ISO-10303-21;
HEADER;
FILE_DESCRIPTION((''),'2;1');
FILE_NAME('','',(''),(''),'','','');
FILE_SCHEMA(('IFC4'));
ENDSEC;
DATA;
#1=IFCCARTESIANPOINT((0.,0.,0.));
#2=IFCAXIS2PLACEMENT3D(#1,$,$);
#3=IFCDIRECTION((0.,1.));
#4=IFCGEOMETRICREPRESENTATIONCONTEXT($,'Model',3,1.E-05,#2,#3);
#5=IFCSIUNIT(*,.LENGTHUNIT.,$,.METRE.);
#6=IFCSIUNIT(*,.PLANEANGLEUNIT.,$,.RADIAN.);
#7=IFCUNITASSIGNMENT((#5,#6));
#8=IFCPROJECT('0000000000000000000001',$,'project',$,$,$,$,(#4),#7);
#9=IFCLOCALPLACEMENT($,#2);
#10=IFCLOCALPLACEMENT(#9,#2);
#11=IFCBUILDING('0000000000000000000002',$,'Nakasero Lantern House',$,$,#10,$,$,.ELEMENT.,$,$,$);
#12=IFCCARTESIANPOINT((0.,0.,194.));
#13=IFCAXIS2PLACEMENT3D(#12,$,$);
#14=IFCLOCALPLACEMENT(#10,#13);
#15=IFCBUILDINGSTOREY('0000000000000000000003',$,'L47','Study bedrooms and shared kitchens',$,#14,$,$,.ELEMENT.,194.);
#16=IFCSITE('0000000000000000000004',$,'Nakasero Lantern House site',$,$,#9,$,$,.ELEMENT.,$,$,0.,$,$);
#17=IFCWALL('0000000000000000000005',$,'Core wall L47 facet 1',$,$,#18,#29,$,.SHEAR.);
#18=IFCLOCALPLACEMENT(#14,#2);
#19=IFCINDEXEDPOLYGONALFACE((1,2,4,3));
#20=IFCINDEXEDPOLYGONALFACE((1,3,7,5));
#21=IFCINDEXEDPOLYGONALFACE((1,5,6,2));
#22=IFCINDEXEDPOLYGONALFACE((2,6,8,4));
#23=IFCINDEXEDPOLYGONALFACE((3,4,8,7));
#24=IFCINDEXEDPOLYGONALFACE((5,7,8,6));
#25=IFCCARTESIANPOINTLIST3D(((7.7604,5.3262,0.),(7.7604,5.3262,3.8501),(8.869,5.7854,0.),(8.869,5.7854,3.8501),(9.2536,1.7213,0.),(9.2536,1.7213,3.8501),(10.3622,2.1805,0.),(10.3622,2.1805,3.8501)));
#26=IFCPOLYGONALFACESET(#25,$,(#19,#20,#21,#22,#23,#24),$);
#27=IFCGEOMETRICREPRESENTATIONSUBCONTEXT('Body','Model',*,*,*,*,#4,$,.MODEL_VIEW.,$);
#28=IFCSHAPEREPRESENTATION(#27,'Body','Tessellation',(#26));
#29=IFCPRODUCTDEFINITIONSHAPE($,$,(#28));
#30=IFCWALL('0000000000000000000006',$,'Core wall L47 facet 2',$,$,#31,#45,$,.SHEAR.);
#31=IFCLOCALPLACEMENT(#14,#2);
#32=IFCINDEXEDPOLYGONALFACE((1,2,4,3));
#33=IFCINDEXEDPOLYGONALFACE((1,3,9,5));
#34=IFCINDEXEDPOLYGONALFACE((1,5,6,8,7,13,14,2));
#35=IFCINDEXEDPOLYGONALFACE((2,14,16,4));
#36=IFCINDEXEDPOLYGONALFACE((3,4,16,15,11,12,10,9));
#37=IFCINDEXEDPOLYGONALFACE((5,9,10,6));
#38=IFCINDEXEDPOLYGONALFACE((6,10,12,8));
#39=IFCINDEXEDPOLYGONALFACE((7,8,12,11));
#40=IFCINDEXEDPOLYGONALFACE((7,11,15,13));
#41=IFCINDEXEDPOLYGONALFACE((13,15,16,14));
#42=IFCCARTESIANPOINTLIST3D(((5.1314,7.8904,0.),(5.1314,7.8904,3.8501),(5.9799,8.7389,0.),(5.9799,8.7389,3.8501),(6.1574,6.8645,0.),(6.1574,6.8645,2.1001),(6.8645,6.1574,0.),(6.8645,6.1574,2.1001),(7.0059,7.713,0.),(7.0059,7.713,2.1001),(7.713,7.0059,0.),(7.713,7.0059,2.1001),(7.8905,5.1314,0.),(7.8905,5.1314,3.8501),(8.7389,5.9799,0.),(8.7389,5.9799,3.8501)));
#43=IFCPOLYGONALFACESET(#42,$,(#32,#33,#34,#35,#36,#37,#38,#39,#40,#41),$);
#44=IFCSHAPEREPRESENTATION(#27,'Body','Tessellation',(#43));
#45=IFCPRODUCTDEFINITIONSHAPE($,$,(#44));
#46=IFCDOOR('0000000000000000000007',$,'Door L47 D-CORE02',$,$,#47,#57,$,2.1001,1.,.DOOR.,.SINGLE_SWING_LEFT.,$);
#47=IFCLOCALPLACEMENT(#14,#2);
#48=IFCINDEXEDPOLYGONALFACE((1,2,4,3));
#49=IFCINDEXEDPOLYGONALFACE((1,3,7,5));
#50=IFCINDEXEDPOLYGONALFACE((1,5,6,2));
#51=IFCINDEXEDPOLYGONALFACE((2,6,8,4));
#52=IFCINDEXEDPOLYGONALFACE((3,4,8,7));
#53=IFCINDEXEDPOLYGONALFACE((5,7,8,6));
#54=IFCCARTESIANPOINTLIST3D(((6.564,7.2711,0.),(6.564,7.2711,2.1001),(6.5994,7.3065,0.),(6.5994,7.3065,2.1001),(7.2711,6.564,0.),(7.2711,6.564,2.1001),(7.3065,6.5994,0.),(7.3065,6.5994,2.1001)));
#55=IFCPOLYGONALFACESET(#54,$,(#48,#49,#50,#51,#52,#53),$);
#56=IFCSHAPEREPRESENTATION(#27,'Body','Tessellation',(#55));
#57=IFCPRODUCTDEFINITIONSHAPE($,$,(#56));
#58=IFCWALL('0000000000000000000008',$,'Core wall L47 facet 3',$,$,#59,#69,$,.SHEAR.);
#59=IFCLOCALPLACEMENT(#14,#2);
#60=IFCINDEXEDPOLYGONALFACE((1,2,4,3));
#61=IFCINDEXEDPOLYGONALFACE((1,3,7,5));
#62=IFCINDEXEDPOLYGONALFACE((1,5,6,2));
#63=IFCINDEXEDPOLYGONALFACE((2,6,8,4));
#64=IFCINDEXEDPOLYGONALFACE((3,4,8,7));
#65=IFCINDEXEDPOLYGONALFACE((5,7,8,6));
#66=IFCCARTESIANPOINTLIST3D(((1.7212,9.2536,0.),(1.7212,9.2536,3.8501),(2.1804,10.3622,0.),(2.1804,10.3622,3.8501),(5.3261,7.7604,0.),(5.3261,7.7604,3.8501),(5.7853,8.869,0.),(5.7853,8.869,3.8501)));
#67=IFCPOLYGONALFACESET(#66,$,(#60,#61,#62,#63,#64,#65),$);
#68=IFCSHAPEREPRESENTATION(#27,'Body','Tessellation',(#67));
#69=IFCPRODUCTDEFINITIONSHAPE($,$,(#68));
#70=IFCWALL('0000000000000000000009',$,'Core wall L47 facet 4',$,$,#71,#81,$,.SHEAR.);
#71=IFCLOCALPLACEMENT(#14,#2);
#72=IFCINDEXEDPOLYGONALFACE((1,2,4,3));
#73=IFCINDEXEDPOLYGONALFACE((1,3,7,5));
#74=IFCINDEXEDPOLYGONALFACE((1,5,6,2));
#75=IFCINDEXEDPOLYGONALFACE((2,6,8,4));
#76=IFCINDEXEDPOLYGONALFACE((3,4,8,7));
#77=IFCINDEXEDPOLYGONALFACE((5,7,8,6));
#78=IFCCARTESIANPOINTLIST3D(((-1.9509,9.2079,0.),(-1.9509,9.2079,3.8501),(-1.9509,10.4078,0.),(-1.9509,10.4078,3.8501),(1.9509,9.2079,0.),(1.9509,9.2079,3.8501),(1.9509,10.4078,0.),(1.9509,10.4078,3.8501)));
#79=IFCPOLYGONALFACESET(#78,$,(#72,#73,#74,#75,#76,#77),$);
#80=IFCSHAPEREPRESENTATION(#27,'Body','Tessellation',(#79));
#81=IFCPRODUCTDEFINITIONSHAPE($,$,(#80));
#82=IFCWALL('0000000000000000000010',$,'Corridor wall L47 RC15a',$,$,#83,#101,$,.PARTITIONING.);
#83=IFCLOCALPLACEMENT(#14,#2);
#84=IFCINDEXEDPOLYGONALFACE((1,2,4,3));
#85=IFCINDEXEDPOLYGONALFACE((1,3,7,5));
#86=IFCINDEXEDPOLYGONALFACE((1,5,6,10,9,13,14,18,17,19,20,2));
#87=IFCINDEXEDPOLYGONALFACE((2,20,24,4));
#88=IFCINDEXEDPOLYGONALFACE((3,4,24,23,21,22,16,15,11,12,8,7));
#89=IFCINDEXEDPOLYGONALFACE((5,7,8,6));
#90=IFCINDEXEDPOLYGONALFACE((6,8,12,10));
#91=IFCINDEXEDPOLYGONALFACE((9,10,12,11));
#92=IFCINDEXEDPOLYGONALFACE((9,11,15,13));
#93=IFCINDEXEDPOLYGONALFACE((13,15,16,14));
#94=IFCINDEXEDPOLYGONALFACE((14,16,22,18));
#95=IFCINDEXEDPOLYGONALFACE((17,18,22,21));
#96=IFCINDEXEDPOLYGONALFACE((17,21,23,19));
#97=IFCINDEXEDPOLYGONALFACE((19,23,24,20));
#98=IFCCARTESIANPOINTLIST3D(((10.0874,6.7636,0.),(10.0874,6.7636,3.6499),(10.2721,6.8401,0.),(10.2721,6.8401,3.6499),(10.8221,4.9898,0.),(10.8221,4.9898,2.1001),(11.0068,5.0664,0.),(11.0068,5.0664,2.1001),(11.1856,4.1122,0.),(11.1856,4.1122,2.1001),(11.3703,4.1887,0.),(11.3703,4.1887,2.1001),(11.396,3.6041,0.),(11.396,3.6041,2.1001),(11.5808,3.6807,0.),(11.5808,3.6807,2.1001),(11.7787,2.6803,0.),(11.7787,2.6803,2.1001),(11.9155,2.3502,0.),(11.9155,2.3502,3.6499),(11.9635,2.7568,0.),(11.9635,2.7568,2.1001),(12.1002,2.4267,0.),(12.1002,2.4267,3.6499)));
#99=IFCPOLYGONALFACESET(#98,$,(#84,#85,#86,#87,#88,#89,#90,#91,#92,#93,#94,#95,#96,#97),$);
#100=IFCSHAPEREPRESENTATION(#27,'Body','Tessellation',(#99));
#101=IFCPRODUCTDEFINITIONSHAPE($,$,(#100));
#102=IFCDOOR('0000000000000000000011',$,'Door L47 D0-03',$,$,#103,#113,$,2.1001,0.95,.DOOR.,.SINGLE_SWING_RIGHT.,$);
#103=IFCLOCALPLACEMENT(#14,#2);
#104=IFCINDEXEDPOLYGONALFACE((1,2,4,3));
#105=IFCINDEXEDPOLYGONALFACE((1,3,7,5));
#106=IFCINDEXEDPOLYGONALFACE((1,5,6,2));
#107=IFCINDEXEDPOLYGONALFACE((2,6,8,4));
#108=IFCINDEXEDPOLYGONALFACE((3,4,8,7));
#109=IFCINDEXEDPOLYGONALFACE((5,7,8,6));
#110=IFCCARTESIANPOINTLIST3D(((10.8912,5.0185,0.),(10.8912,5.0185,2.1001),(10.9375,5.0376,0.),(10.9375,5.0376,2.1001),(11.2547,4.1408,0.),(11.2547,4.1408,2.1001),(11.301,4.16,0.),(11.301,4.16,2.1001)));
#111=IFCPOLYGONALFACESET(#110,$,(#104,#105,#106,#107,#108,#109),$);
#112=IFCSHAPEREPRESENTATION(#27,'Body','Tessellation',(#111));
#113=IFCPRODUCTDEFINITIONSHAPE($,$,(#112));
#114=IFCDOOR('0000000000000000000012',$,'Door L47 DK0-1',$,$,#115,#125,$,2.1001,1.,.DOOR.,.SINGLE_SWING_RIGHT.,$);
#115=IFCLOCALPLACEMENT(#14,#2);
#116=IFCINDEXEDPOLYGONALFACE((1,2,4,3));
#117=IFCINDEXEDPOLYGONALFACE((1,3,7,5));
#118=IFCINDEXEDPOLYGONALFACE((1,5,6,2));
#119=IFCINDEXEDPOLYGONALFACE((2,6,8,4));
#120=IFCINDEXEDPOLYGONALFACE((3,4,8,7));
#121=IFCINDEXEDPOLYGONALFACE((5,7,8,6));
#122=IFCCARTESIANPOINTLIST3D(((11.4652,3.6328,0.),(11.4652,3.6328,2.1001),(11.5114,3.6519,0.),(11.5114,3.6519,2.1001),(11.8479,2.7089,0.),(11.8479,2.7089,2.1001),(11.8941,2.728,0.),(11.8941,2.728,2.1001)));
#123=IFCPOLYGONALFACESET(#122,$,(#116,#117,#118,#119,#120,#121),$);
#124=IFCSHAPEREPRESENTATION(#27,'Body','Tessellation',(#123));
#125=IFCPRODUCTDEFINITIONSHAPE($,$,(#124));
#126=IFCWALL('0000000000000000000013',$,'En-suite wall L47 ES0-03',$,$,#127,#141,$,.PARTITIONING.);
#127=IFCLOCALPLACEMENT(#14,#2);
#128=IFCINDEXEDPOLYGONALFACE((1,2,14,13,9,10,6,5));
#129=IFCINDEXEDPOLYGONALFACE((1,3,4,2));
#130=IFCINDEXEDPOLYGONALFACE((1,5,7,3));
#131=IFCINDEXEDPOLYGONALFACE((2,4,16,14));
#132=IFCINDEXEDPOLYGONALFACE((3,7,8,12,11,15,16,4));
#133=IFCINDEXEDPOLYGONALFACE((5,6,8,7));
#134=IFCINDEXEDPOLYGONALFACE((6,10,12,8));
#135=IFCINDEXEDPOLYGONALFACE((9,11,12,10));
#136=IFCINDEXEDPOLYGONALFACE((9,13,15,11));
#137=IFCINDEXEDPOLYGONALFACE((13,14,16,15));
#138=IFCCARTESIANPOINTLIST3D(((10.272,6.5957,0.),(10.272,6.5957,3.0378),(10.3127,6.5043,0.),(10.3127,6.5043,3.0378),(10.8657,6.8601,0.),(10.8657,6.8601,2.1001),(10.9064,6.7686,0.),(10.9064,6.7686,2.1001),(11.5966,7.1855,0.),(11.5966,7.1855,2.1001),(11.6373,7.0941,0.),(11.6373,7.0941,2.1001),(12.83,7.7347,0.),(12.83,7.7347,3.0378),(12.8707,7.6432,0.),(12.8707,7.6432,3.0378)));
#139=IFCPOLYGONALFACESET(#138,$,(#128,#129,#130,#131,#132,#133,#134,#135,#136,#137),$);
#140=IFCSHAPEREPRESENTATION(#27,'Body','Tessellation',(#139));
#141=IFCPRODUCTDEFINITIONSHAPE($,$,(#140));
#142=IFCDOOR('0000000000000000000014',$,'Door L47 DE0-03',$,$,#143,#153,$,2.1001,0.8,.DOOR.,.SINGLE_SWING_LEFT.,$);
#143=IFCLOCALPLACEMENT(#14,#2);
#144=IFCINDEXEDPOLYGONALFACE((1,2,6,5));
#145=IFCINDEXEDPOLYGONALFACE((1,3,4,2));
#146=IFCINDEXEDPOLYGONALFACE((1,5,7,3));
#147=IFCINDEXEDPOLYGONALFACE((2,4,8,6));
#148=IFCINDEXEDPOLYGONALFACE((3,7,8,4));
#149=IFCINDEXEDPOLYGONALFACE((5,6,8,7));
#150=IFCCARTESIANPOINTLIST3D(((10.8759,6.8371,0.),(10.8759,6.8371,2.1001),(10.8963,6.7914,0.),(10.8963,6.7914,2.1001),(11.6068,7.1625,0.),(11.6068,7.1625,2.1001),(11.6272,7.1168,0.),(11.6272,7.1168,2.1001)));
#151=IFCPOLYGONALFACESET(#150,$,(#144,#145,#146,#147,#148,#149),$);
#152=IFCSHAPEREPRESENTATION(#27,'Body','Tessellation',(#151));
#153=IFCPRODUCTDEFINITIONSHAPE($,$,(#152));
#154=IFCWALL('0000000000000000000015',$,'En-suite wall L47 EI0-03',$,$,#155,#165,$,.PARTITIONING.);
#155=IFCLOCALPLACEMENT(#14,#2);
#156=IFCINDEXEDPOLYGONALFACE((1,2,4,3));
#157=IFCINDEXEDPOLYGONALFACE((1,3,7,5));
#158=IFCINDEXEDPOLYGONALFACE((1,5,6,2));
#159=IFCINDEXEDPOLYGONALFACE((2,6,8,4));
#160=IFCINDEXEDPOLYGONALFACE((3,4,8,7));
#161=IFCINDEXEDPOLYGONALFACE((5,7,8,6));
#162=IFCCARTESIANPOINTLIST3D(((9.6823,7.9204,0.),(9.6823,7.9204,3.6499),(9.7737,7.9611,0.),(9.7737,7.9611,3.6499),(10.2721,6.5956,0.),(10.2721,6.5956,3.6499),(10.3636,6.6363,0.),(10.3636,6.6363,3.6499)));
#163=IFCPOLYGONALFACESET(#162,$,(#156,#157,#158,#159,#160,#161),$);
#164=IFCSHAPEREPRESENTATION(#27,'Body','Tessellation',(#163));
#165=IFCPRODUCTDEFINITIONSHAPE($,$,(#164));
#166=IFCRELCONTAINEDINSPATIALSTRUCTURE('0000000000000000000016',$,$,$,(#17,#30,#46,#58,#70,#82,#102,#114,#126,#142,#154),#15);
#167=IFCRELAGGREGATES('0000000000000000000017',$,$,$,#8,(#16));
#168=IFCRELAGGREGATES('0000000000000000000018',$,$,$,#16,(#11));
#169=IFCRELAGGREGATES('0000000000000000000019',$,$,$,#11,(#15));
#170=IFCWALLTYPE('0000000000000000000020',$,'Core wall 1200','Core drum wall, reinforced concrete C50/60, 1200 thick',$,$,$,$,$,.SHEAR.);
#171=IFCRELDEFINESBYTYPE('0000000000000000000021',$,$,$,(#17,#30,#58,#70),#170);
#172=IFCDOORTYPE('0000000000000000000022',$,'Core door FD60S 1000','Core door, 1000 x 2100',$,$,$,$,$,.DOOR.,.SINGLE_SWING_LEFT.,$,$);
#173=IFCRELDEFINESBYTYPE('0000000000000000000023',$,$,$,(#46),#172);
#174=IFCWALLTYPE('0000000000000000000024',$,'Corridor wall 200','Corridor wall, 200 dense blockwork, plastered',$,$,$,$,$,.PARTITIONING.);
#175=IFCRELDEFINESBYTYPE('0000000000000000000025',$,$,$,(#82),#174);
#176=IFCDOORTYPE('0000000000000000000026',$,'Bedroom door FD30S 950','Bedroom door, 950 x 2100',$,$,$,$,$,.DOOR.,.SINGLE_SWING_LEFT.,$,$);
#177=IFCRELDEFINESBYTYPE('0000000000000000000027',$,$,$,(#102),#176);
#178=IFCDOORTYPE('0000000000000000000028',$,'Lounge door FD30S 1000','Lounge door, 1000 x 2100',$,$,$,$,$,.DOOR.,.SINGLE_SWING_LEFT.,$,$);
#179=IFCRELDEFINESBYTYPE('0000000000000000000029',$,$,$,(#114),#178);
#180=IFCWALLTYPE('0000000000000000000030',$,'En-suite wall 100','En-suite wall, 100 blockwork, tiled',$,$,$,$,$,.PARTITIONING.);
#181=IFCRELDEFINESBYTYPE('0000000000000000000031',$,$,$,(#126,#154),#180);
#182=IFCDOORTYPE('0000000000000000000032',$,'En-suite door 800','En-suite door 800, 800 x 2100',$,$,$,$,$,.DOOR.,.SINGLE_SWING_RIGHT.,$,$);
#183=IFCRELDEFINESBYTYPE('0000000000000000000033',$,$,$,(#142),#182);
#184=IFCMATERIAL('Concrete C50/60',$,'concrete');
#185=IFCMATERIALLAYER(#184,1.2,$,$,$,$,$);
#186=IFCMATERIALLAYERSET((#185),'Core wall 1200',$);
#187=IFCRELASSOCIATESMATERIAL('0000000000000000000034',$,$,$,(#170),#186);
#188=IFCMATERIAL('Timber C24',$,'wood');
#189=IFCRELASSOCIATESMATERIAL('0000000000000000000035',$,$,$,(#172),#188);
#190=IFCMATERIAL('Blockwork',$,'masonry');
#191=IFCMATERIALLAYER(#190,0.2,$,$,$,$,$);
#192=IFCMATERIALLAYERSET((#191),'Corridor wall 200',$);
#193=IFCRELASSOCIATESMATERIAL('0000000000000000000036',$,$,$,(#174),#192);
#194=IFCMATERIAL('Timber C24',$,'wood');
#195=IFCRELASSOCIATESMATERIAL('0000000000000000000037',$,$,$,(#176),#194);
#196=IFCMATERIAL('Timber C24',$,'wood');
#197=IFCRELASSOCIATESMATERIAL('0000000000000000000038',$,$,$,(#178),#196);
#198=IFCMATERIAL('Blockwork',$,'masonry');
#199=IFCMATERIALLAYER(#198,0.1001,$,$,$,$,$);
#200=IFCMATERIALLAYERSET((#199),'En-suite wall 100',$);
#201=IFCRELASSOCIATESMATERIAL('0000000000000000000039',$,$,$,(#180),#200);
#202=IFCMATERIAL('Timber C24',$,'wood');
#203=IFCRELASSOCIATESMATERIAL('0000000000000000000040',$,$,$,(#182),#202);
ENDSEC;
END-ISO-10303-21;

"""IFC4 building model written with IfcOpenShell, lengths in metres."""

from ifc_helpers import new_model, si_unit, direction, frame, frame_2d, origin, place, context, subcontext, project, spatial, rectangle, extrude, material, layer, layer_set, type_object, element, fill, save


model = new_model("IFC4")

# Units and contexts
model_context = context("Model", 3, precision=1e-05, world=origin(), true_north=direction((0.0, 1.0)))
body_context = subcontext(model_context, "Body", "Model", "MODEL_VIEW")
ifc_project = project(units=[si_unit("LENGTHUNIT", "METRE"), si_unit("PLANEANGLEUNIT", "RADIAN")], contexts=[model_context])

# Site, building, storey
site_placement = place(None, origin())
site = spatial("IfcSite", under=ifc_project, at=site_placement, Name="Nakasero Lantern House site", CompositionType="ELEMENT", RefElevation=0.0)
building_placement = place(site_placement, origin())
building = spatial("IfcBuilding", under=site, at=building_placement, Name="Nakasero Lantern House", CompositionType="ELEMENT")
storey_placement = place(building_placement, frame((0.0, 0.0, 194.0)))
storey = spatial("IfcBuildingStorey", under=building, at=storey_placement, Name="L47", Description="Study bedrooms and shared kitchens", CompositionType="ELEMENT", Elevation=194.0)

# Wall
ifc_material_1 = material(Name="Concrete C50/60", Category="concrete")
ifc_layer_1 = layer(ifc_material_1, 1.2)
ifc_layer_set_1 = layer_set([ifc_layer_1], Name="Core wall 1200")
wall_type_1 = type_object("IfcWallType", Name="Core wall 1200", Description="Core drum wall, reinforced concrete C50/60, 1200 thick", PredefinedType="SHEAR", material=ifc_layer_set_1)
wall_1_placement = place(storey_placement, frame((9.8079, 1.9509, 0.0), z_axis=(0.0, 0.0, 1.0), x_axis=(-0.382691, 0.923877, 0.0)))
element("IfcWall", 1, at=wall_1_placement, inside=storey, type_object=wall_type_1, Name="Core wall L47 facet 1", PredefinedType="SHEAR", context=body_context, shape_type="SweptSolid", body=[
    extrude(rectangle(XDim=3.9019, YDim=1.2, at=frame_2d((1.9509, 0.0))), origin(), (0.0, 0.0, 1.0), 3.8501),
])

# Wall, opening, door
wall_2_placement = place(storey_placement, frame((8.3147, 5.5557, 0.0), z_axis=(0.0, 0.0, 1.0), x_axis=(-0.707107, 0.707107, 0.0)))
wall_2 = element("IfcWall", 2, at=wall_2_placement, inside=storey, type_object=wall_type_1, Name="Core wall L47 facet 2", PredefinedType="SHEAR", context=body_context, shape_type="SweptSolid", body=[
    extrude(rectangle(XDim=3.9019, YDim=1.2, at=frame_2d((1.9509, 0.0))), origin(), (0.0, 0.0, 1.0), 3.8501),
])
opening_1_placement = place(wall_2_placement, frame((1.4509, 0.0, 0.0)))
opening_1 = element("IfcOpeningElement", 3, at=opening_1_placement, cuts=wall_2, PredefinedType="OPENING", context=body_context, shape_type="SweptSolid", body=[
    extrude(rectangle(XDim=1.0, YDim=2.1001, at=frame_2d((0.5, 1.05))), frame((0.0, 0.6199, 0.0), z_axis=(0.0, -1.0, 0.0), x_axis=(1.0, 0.0, 0.0)), (0.0, 0.0, 1.0), 1.24),
])
ifc_material_2 = material(Name="Timber C24", Category="wood")
door_type_1 = type_object("IfcDoorType", Name="Core door FD60S 1000", Description="Core door, 1000 x 2100", OperationType="SINGLE_SWING_LEFT", PredefinedType="DOOR", material=ifc_material_2)
door_1_placement = place(opening_1_placement, origin())
door_1 = element("IfcDoor", 4, at=door_1_placement, inside=storey, type_object=door_type_1, Name="Door L47 D-CORE02", OperationType="SINGLE_SWING_LEFT", OverallHeight=2.1001, OverallWidth=1.0, PredefinedType="DOOR", context=body_context, shape_type="SweptSolid", body=[
    extrude(rectangle(XDim=1.0, YDim=2.1001, at=frame_2d((0.5, 1.05))), frame((0.0, 0.0249, 0.0), z_axis=(0.0, -1.0, 0.0), x_axis=(1.0, 0.0, 0.0)), (0.0, 0.0, 1.0), 0.05),
])
fill(opening_1, door_1)

# Walls
for number, where, z_axis, x_axis, name in (
    (5, (5.5557, 8.3147, 0.0), (0.0, 0.0, 1.0), (-0.923877, 0.382691, 0.0), "Core wall L47 facet 3"),
    (6, (1.9509, 9.8079, 0.0), (0.0, 0.0, 1.0), (-1.0, 0.0, 0.0), "Core wall L47 facet 4"),
):
    element("IfcWall", number, at=place(storey_placement, frame(where, z_axis=z_axis, x_axis=x_axis)), inside=storey, type_object=wall_type_1, Name=name, PredefinedType="SHEAR", context=body_context, shape_type="SweptSolid", body=[
        extrude(rectangle(XDim=3.9019, YDim=1.2, at=frame_2d((1.9509, 0.0))), origin(), (0.0, 0.0, 1.0), 3.8501),
    ])

# Wall, openings, doors
ifc_material_3 = material(Name="Blockwork", Category="masonry")
ifc_layer_2 = layer(ifc_material_3, 0.2)
ifc_layer_set_2 = layer_set([ifc_layer_2], Name="Corridor wall 200")
wall_type_2 = type_object("IfcWallType", Name="Corridor wall 200", Description="Corridor wall, 200 dense blockwork, plastered", PredefinedType="PARTITIONING", material=ifc_layer_set_2)
wall_3_placement = place(storey_placement, frame((10.1797, 6.802, 0.0), z_axis=(0.0, 0.0, 1.0), x_axis=(0.382677, -0.923882, 0.0)))
wall_3 = element("IfcWall", 7, at=wall_3_placement, inside=storey, type_object=wall_type_2, Name="Corridor wall L47 RC15a", PredefinedType="PARTITIONING", context=body_context, shape_type="SweptSolid", body=[
    extrude(rectangle(XDim=4.7771, YDim=0.2, at=frame_2d((2.3887, 0.0))), origin(), (0.0, 0.0, 1.0), 3.6499),
])
opening_2_placement = place(wall_3_placement, frame((1.9199, 0.0, 0.0)))
opening_2 = element("IfcOpeningElement", 8, at=opening_2_placement, cuts=wall_3, PredefinedType="OPENING", context=body_context, shape_type="SweptSolid", body=[
    extrude(rectangle(XDim=0.95, YDim=2.1001, at=frame_2d((0.4751, 1.05))), frame((0.0, 0.1199, 0.0), z_axis=(0.0, -1.0, 0.0), x_axis=(1.0, 0.0, 0.0)), (0.0, 0.0, 1.0), 0.24),
])
opening_3_placement = place(wall_3_placement, frame((3.4199, 0.0, 0.0)))
opening_3 = element("IfcOpeningElement", 9, at=opening_3_placement, cuts=wall_3, PredefinedType="OPENING", context=body_context, shape_type="SweptSolid", body=[
    extrude(rectangle(XDim=1.0, YDim=2.1001, at=frame_2d((0.5, 1.05))), frame((0.0, 0.1199, 0.0), z_axis=(0.0, -1.0, 0.0), x_axis=(1.0, 0.0, 0.0)), (0.0, 0.0, 1.0), 0.24),
])
ifc_material_4 = material(Name="Timber C24", Category="wood")
door_type_2 = type_object("IfcDoorType", Name="Bedroom door FD30S 950", Description="Bedroom door, 950 x 2100", OperationType="SINGLE_SWING_LEFT", PredefinedType="DOOR", material=ifc_material_4)
door_2_placement = place(opening_2_placement, origin())
door_2 = element("IfcDoor", 10, at=door_2_placement, inside=storey, type_object=door_type_2, Name="Door L47 D0-03", OperationType="SINGLE_SWING_RIGHT", OverallHeight=2.1001, OverallWidth=0.95, PredefinedType="DOOR", context=body_context, shape_type="SweptSolid", body=[
    extrude(rectangle(XDim=0.95, YDim=2.1001, at=frame_2d((0.4751, 1.05))), frame((0.0, 0.0249, 0.0), z_axis=(0.0, -1.0, 0.0), x_axis=(1.0, 0.0, 0.0)), (0.0, 0.0, 1.0), 0.05),
])
fill(opening_2, door_2)
ifc_material_5 = material(Name="Timber C24", Category="wood")
door_type_3 = type_object("IfcDoorType", Name="Lounge door FD30S 1000", Description="Lounge door, 1000 x 2100", OperationType="SINGLE_SWING_LEFT", PredefinedType="DOOR", material=ifc_material_5)
door_3_placement = place(opening_3_placement, origin())
door_3 = element("IfcDoor", 11, at=door_3_placement, inside=storey, type_object=door_type_3, Name="Door L47 DK0-1", OperationType="SINGLE_SWING_RIGHT", OverallHeight=2.1001, OverallWidth=1.0, PredefinedType="DOOR", context=body_context, shape_type="SweptSolid", body=[
    extrude(rectangle(XDim=1.0, YDim=2.1001, at=frame_2d((0.5, 1.05))), frame((0.0, 0.0249, 0.0), z_axis=(0.0, -1.0, 0.0), x_axis=(1.0, 0.0, 0.0)), (0.0, 0.0, 1.0), 0.05),
])
fill(opening_3, door_3)

# Wall, opening, door
ifc_material_6 = material(Name="Blockwork", Category="masonry")
ifc_layer_3 = layer(ifc_material_6, 0.1001)
ifc_layer_set_3 = layer_set([ifc_layer_3], Name="En-suite wall 100")
wall_type_3 = type_object("IfcWallType", Name="En-suite wall 100", Description="En-suite wall, 100 blockwork, tiled", PredefinedType="PARTITIONING", material=ifc_layer_set_3)
wall_4_placement = place(storey_placement, frame((10.2925, 6.55, 0.0), z_axis=(0.0, 0.0, 1.0), x_axis=(0.913534, 0.406761, 0.0)))
wall_4 = element("IfcWall", 12, at=wall_4_placement, inside=storey, type_object=wall_type_3, Name="En-suite wall L47 ES0-03", PredefinedType="PARTITIONING", context=body_context, shape_type="SweptSolid", body=[
    extrude(rectangle(XDim=2.8, YDim=0.1001, at=frame_2d((1.3999, 0.0))), origin(), (0.0, 0.0, 1.0), 3.0378),
])
opening_4_placement = place(wall_4_placement, frame((0.6499, 0.0, 0.0)))
opening_4 = element("IfcOpeningElement", 13, at=opening_4_placement, cuts=wall_4, PredefinedType="OPENING", context=body_context, shape_type="SweptSolid", body=[
    extrude(rectangle(XDim=0.8, YDim=2.1001, at=frame_2d((0.3999, 1.05))), frame((0.0, 0.0701, 0.0), z_axis=(0.0, -1.0, 0.0), x_axis=(1.0, 0.0, 0.0)), (0.0, 0.0, 1.0), 0.1401),
])
ifc_material_7 = material(Name="Timber C24", Category="wood")
door_type_4 = type_object("IfcDoorType", Name="En-suite door 800", Description="En-suite door 800, 800 x 2100", OperationType="SINGLE_SWING_RIGHT", PredefinedType="DOOR", material=ifc_material_7)
door_4_placement = place(opening_4_placement, origin())
door_4 = element("IfcDoor", 14, at=door_4_placement, inside=storey, type_object=door_type_4, Name="Door L47 DE0-03", OperationType="SINGLE_SWING_LEFT", OverallHeight=2.1001, OverallWidth=0.8, PredefinedType="DOOR", context=body_context, shape_type="SweptSolid", body=[
    extrude(rectangle(XDim=0.8, YDim=2.1001, at=frame_2d((0.3999, 1.05))), frame((0.0, 0.0249, 0.0), z_axis=(0.0, -1.0, 0.0), x_axis=(1.0, 0.0, 0.0)), (0.0, 0.0, 1.0), 0.05),
])
fill(opening_4, door_4)

# Wall
wall_5_placement = place(storey_placement, frame((10.3179, 6.616, 0.0), z_axis=(0.0, 0.0, 1.0), x_axis=(-0.406763, 0.913534, 0.0)))
element("IfcWall", 15, at=wall_5_placement, inside=storey, type_object=wall_type_3, Name="En-suite wall L47 EI0-03", PredefinedType="PARTITIONING", context=body_context, shape_type="SweptSolid", body=[
    extrude(rectangle(XDim=1.4502, YDim=0.1001, at=frame_2d((0.7251, 0.0))), origin(), (0.0, 0.0, 1.0), 3.6499),
])

save(model, "model.ifc")
